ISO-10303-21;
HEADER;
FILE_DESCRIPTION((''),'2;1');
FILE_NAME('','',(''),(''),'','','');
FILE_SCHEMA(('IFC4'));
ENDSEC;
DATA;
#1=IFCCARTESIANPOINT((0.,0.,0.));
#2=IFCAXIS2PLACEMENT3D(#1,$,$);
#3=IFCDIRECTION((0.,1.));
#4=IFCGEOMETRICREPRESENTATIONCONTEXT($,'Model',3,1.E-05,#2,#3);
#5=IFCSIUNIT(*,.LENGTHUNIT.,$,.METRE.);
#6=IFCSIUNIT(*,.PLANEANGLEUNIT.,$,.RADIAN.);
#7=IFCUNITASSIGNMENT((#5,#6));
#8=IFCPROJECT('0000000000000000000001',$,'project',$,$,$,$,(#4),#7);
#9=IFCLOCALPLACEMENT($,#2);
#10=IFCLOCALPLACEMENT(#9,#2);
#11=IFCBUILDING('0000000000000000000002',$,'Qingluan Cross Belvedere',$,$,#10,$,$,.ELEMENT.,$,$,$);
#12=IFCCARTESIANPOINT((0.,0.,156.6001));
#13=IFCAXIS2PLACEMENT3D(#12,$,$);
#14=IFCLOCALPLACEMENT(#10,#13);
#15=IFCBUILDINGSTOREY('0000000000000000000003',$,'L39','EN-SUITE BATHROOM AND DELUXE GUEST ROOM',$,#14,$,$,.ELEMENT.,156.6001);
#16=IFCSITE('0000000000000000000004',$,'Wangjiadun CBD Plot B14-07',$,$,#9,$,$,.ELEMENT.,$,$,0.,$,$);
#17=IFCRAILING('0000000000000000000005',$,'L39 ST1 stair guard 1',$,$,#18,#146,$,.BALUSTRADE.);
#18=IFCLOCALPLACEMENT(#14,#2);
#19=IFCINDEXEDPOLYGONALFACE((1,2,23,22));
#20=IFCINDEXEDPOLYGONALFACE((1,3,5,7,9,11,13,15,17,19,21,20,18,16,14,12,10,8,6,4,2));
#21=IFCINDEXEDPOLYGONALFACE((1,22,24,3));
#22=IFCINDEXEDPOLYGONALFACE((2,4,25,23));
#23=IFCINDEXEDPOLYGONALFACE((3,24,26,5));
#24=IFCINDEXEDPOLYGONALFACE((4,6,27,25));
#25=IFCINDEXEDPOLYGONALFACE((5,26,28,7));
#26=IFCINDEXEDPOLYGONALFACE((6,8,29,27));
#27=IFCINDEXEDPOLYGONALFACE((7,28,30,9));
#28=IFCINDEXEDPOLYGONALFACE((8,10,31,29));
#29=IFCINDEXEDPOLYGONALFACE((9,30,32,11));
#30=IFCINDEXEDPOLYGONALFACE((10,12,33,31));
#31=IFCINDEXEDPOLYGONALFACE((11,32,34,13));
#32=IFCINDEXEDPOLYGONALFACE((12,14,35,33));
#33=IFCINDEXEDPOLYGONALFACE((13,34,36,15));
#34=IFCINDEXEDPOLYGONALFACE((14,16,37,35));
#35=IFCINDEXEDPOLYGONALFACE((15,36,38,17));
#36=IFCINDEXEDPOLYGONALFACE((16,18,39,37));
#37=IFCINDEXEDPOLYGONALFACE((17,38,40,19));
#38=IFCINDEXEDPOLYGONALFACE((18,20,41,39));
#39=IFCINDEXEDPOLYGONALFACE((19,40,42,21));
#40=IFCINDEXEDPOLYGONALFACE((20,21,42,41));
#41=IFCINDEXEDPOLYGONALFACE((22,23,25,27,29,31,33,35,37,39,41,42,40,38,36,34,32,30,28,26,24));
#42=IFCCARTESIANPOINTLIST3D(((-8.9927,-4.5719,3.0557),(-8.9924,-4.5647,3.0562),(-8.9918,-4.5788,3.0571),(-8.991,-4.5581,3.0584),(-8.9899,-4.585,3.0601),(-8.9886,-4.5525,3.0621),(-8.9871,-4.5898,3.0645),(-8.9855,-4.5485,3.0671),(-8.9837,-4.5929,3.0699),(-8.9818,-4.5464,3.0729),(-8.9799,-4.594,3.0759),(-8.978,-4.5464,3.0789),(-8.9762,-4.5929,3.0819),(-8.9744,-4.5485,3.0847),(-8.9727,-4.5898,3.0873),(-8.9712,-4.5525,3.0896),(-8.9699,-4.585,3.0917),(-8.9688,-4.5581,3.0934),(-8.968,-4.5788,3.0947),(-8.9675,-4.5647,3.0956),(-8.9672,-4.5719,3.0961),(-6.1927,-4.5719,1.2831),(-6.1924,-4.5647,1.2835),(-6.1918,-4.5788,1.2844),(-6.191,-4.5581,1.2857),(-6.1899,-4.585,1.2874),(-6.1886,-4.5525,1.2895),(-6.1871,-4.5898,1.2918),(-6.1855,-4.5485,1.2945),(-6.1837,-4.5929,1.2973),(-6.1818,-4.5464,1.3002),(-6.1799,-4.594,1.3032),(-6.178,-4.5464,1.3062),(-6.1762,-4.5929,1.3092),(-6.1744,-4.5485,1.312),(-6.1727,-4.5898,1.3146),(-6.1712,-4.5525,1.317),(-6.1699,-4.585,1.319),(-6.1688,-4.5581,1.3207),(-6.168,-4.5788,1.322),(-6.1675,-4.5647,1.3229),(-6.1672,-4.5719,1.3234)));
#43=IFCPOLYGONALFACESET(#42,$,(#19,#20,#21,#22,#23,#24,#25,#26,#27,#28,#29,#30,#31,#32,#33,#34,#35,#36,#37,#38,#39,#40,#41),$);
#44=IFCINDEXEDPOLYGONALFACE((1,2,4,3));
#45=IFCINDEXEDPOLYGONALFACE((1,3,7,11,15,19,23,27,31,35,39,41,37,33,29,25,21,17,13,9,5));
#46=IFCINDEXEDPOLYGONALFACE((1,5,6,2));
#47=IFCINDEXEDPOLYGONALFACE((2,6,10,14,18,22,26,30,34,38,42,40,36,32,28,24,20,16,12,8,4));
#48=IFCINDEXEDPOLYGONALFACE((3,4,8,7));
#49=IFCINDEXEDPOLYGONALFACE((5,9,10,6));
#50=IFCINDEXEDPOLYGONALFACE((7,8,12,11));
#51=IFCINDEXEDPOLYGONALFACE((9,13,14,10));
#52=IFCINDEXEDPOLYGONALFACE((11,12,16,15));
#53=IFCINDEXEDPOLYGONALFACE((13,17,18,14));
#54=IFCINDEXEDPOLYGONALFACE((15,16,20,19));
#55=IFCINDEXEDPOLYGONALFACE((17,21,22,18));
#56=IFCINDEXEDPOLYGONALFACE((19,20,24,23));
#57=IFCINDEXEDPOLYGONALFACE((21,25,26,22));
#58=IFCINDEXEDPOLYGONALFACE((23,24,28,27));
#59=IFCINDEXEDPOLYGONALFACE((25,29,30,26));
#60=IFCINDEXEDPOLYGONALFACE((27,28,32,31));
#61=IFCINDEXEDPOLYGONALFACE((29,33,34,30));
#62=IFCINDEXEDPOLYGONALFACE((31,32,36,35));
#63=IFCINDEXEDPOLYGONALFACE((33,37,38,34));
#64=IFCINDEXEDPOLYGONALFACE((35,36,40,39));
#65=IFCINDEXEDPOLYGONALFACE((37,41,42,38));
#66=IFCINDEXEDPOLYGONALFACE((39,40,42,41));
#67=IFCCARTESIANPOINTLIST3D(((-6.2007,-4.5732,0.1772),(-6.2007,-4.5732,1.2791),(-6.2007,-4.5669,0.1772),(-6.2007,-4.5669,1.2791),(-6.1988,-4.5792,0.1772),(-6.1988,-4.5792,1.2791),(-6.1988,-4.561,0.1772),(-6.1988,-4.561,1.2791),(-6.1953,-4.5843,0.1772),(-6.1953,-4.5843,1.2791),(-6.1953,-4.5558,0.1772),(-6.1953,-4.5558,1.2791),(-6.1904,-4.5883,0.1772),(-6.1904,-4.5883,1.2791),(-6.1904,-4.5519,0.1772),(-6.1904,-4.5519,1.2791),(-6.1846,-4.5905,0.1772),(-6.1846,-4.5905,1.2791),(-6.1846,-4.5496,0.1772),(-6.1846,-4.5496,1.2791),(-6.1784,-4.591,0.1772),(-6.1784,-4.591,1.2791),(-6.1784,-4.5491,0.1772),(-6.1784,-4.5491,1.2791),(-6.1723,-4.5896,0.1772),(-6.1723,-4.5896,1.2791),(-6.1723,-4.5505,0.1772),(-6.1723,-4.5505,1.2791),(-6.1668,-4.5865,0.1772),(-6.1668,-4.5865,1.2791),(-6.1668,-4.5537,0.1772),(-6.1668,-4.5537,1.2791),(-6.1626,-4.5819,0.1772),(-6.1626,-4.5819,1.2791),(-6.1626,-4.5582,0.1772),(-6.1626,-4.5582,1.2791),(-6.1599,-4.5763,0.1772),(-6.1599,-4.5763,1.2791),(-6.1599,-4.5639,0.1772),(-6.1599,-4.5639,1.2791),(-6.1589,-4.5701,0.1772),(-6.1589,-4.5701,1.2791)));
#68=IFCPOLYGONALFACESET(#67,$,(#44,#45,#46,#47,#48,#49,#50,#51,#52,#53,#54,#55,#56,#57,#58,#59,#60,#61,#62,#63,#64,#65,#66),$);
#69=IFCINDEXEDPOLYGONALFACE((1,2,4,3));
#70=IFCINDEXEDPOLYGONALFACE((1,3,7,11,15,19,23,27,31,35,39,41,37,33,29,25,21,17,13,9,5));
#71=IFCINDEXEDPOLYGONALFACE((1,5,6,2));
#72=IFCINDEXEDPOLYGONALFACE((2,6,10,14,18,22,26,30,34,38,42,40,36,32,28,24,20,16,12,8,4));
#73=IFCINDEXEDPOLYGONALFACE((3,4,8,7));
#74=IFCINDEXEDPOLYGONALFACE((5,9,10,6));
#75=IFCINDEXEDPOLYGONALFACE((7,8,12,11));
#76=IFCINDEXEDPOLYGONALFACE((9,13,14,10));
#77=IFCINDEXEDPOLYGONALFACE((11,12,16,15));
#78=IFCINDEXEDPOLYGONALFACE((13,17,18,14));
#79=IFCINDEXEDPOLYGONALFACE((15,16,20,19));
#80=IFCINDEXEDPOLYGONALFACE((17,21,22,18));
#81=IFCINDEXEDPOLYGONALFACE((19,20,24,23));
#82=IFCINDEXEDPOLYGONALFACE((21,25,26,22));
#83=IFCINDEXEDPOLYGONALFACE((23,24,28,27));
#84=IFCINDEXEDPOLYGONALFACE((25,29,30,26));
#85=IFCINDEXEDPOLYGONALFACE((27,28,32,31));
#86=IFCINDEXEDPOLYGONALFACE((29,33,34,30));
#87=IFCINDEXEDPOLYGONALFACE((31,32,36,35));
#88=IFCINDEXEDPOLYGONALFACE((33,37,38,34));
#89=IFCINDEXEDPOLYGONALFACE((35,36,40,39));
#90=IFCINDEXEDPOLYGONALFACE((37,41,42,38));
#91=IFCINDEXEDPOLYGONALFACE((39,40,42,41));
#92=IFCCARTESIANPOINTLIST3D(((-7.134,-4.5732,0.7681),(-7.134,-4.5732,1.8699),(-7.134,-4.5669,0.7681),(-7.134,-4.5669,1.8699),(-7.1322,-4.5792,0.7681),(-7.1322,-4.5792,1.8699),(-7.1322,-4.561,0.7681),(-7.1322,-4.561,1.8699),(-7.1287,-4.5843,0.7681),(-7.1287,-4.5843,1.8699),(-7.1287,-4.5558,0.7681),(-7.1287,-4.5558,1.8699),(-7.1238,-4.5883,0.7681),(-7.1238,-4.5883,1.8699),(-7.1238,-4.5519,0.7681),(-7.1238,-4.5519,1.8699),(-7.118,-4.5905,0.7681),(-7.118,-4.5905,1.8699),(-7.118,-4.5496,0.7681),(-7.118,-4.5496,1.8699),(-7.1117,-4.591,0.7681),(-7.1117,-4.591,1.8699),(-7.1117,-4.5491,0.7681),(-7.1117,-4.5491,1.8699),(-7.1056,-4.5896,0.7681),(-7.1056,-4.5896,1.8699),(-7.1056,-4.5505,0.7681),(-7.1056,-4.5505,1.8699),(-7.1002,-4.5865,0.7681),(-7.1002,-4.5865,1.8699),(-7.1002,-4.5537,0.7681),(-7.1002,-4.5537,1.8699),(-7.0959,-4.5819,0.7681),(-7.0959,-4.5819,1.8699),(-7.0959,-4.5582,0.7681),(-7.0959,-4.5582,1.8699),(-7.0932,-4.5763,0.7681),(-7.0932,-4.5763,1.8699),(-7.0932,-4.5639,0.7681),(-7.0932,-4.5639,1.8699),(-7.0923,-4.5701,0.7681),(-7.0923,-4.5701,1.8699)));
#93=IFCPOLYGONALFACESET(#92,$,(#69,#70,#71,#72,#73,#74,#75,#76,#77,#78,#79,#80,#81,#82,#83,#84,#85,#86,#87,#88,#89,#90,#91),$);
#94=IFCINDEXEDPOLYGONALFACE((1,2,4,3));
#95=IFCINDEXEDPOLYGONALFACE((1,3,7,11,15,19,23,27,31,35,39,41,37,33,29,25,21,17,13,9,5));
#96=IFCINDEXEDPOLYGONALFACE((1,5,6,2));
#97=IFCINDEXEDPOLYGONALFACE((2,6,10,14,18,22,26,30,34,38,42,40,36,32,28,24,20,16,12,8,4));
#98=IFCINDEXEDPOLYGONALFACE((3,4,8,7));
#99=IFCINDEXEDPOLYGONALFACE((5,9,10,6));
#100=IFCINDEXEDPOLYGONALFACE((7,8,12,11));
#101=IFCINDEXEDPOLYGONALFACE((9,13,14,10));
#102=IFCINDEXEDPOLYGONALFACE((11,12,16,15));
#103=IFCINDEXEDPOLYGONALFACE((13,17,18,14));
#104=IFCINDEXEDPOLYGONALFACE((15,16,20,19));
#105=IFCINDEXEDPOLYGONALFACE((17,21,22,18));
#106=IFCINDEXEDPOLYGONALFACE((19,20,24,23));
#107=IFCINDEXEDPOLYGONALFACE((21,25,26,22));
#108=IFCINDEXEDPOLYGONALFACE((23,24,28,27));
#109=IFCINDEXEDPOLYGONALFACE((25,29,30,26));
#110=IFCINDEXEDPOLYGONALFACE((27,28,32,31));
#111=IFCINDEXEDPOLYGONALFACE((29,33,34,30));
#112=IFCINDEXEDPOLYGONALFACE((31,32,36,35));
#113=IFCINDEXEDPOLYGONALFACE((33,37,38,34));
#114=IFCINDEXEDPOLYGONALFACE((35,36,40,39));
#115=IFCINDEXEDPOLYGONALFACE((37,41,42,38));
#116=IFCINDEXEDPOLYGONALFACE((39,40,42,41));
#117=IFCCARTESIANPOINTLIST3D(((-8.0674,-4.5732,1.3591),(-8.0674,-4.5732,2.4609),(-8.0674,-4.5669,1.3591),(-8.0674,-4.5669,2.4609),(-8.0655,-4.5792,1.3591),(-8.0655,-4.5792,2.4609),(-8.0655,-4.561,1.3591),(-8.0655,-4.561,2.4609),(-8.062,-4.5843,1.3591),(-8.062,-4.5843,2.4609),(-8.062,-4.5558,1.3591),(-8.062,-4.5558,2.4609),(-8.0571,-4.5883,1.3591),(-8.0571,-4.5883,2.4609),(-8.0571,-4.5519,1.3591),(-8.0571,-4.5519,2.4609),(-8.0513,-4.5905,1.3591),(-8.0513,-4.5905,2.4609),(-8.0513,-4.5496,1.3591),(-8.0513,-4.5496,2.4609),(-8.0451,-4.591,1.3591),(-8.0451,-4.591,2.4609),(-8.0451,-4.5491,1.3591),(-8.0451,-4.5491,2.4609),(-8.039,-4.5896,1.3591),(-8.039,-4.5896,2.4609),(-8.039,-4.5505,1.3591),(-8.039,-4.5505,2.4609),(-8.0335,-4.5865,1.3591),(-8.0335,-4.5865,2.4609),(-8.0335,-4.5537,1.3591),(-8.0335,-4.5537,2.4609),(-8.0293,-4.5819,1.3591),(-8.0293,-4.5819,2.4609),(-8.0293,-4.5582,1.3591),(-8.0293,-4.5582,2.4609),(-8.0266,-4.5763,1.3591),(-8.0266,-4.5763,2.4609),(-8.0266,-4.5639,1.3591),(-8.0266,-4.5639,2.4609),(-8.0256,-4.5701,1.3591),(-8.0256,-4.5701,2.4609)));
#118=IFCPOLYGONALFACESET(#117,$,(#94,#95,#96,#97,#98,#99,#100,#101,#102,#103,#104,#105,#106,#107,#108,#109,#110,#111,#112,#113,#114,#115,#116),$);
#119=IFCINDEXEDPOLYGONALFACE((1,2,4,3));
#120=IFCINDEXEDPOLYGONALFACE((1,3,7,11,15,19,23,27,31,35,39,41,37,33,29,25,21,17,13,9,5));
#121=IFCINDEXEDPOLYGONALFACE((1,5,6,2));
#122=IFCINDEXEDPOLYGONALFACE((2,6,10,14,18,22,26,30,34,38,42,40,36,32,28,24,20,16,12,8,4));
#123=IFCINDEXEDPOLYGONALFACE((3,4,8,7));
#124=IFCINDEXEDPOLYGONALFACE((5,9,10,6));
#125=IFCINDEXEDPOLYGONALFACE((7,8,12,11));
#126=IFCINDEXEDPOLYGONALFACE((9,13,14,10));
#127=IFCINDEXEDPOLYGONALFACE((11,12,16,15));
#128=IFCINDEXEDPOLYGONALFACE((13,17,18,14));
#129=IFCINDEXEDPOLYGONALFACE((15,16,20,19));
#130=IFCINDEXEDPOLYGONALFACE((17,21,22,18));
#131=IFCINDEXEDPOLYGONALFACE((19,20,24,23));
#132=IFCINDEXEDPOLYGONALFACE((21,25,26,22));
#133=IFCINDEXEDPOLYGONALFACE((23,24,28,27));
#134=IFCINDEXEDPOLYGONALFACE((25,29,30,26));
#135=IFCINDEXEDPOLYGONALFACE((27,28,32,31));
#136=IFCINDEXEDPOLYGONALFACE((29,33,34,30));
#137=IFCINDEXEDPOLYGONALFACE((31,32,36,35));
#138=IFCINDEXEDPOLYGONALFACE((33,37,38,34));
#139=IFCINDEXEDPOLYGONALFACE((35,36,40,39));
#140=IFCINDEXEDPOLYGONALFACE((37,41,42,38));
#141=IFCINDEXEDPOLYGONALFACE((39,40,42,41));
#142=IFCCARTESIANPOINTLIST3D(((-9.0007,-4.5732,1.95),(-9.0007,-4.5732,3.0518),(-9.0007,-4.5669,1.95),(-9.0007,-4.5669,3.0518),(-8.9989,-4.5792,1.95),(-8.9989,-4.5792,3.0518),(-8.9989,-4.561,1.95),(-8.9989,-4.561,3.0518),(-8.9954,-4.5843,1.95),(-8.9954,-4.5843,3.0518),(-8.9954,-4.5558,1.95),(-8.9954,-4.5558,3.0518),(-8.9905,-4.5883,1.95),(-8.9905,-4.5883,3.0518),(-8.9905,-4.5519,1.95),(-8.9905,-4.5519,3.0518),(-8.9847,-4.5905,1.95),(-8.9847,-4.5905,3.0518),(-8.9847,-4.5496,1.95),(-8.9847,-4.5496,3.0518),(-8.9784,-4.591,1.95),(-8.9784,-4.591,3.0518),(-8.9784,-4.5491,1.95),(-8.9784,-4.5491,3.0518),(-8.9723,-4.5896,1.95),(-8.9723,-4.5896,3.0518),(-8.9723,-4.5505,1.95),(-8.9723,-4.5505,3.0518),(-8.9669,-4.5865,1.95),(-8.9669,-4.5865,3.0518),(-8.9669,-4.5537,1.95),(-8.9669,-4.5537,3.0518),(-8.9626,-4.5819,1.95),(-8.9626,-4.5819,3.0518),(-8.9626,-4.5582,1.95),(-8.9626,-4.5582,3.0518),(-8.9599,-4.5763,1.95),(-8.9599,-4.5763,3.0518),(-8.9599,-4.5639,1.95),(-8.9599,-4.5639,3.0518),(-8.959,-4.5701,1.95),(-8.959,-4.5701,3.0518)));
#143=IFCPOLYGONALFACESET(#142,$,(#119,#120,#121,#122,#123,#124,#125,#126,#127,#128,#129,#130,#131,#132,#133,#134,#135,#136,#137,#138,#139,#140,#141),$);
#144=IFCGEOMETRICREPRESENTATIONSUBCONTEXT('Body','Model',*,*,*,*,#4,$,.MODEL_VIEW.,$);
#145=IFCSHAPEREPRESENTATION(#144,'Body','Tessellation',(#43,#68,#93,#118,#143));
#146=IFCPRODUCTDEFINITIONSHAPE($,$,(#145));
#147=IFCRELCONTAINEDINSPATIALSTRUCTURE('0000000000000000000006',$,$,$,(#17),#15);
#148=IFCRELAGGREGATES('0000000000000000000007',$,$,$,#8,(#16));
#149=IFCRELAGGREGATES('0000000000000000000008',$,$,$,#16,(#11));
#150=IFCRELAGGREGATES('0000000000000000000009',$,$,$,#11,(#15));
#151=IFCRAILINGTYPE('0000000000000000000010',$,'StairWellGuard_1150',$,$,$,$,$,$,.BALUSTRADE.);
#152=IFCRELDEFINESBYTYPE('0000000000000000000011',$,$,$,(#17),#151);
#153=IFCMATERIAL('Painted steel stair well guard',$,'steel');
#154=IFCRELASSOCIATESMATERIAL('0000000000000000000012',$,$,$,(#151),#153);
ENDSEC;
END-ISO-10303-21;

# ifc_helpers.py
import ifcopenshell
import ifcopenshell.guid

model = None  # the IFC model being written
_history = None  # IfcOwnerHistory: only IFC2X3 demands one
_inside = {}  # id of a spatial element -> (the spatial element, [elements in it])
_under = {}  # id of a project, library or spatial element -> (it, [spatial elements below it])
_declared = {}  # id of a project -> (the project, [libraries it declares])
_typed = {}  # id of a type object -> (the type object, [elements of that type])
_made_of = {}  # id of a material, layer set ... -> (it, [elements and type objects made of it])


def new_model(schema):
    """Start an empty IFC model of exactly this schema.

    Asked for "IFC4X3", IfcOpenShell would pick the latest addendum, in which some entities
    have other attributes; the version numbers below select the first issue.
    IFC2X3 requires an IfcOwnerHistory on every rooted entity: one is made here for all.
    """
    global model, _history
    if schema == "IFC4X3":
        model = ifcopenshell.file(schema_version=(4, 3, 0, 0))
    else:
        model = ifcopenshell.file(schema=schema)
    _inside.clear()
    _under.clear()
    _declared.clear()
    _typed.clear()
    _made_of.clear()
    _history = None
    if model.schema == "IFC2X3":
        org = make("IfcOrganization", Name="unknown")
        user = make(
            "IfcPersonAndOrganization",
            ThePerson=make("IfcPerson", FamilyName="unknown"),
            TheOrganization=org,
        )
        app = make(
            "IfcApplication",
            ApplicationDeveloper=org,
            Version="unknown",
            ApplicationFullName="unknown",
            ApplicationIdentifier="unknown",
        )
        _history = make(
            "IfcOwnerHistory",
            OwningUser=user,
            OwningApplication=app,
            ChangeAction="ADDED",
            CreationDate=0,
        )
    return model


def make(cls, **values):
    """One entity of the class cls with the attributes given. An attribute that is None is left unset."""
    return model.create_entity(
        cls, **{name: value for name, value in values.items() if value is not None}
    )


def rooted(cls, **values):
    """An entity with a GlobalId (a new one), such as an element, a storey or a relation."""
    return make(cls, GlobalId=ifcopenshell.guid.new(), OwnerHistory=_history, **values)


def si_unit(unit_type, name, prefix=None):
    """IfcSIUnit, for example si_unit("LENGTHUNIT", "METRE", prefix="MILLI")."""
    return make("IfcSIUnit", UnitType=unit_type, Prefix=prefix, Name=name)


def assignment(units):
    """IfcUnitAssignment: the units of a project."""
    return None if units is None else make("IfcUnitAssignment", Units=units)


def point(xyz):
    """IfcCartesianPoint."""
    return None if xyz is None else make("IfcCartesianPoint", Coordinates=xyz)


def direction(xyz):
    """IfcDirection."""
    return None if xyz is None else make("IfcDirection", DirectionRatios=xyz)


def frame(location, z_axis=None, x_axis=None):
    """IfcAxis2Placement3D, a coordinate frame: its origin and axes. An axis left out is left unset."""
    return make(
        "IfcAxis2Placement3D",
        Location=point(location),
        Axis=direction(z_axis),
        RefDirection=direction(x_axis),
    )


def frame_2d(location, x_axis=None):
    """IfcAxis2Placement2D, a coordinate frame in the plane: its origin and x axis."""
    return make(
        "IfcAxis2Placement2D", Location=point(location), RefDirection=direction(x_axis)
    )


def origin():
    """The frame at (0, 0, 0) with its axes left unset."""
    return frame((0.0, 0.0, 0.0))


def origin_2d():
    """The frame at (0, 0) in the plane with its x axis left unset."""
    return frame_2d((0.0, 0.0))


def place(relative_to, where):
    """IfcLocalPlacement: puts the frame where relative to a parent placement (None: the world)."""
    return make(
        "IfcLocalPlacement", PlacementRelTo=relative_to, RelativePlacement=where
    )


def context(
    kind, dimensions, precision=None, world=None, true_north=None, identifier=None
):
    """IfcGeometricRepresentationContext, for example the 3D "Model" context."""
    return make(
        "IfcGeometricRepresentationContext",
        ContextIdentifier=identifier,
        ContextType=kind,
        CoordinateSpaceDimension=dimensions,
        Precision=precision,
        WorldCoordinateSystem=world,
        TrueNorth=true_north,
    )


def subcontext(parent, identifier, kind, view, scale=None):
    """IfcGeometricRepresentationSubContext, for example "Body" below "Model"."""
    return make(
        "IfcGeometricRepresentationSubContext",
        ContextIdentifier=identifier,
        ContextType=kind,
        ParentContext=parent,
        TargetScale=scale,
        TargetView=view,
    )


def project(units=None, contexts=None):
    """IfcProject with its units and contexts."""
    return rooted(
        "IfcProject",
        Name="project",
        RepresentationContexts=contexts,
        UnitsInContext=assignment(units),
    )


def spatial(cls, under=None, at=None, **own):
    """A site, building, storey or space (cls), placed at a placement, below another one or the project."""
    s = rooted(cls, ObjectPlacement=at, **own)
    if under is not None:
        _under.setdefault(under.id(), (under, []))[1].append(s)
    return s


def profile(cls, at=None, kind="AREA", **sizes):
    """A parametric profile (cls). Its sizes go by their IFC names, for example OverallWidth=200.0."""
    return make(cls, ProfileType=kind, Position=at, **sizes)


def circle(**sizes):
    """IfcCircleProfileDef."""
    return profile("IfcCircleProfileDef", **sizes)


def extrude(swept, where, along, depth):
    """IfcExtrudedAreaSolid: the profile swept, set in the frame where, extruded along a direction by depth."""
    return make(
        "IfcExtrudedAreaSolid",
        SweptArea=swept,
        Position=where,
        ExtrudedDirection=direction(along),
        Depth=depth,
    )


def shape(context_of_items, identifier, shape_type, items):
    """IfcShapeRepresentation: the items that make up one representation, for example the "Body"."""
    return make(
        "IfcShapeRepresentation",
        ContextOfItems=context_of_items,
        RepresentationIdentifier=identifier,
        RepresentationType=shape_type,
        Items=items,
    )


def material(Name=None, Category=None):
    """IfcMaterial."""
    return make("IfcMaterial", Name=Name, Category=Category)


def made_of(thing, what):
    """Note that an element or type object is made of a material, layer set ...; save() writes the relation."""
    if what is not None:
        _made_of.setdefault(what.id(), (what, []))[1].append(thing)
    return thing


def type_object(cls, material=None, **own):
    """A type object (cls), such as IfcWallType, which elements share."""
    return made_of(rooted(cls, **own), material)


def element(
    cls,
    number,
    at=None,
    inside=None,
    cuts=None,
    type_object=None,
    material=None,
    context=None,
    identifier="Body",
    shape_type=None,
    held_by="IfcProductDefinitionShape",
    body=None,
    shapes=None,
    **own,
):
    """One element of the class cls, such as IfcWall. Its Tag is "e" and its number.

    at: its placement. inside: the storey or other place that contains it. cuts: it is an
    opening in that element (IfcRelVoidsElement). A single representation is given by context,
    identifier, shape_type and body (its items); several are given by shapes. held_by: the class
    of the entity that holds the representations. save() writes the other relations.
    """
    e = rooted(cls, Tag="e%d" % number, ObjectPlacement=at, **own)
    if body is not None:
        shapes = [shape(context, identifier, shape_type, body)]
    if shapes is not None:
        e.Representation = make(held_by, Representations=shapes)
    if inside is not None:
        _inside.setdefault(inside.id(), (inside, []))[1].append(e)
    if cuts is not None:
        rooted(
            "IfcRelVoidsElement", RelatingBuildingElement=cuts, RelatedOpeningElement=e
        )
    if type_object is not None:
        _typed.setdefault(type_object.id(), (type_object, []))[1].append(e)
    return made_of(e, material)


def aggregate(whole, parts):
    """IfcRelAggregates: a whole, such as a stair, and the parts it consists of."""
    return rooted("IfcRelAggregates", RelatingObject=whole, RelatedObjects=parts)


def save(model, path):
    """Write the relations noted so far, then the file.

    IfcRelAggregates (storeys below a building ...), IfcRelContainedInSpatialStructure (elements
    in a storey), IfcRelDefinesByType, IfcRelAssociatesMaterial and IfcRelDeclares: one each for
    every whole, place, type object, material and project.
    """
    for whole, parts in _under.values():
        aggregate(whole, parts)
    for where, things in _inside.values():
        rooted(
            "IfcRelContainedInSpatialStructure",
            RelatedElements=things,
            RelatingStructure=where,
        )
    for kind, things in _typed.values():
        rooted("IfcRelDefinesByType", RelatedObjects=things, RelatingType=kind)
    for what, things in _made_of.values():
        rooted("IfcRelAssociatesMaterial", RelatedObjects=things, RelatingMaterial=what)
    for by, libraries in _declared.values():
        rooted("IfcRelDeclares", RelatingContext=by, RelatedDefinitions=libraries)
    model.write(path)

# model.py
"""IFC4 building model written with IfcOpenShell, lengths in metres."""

from ifc_helpers import new_model, si_unit, direction, frame, origin, origin_2d, place, context, subcontext, project, spatial, circle, extrude, material, type_object, element, save


model = new_model("IFC4")

# Units and contexts
model_context = context("Model", 3, precision=1e-05, world=origin(), true_north=direction((0.0, 1.0)))
body_context = subcontext(model_context, "Body", "Model", "MODEL_VIEW")
ifc_project = project(units=[si_unit("LENGTHUNIT", "METRE"), si_unit("PLANEANGLEUNIT", "RADIAN")], contexts=[model_context])

# Site, building, storey
site_placement = place(None, origin())
site = spatial("IfcSite", under=ifc_project, at=site_placement, Name="Wangjiadun CBD Plot B14-07", CompositionType="ELEMENT", RefElevation=0.0)
building_placement = place(site_placement, origin())
building = spatial("IfcBuilding", under=site, at=building_placement, Name="Qingluan Cross Belvedere", CompositionType="ELEMENT")
storey_placement = place(building_placement, frame((0.0, 0.0, 156.6001)))
storey = spatial("IfcBuildingStorey", under=building, at=storey_placement, Name="L39", Description="EN-SUITE BATHROOM AND DELUXE GUEST ROOM", CompositionType="ELEMENT", Elevation=156.6001)

# Railing
ifc_material_1 = material(Name="Painted steel stair well guard", Category="steel")
railing_type_1 = type_object("IfcRailingType", Name="StairWellGuard_1150", PredefinedType="BALUSTRADE", material=ifc_material_1)
railing_1_placement = place(storey_placement, frame((-6.1799, -4.5701, 0.1772)))
element("IfcRailing", 1, at=railing_1_placement, inside=storey, type_object=railing_type_1, Name="L39 ST1 stair guard 1", PredefinedType="BALUSTRADE", context=body_context, shape_type="SweptSolid", body=[
    extrude(circle(Radius=0.0239, at=origin_2d()), frame((0.0, 0.0, 1.126), z_axis=(-0.844909, 0.0, 0.53491), x_axis=(0.0, -1.0, 0.0)), (0.0, 0.0, 1.0), 3.314),
    extrude(circle(Radius=0.021, at=origin_2d()), origin(), (0.0, 0.0, 1.0), 1.1018),
    extrude(circle(Radius=0.021, at=origin_2d()), frame((-0.9333, 0.0, 0.5908)), (0.0, 0.0, 1.0), 1.1018),
    extrude(circle(Radius=0.021, at=origin_2d()), frame((-1.8667, 0.0, 1.1819)), (0.0, 0.0, 1.0), 1.1018),
    extrude(circle(Radius=0.021, at=origin_2d()), frame((-2.8, 0.0, 1.7727)), (0.0, 0.0, 1.0), 1.1018),
])

save(model, "model.ifc")
